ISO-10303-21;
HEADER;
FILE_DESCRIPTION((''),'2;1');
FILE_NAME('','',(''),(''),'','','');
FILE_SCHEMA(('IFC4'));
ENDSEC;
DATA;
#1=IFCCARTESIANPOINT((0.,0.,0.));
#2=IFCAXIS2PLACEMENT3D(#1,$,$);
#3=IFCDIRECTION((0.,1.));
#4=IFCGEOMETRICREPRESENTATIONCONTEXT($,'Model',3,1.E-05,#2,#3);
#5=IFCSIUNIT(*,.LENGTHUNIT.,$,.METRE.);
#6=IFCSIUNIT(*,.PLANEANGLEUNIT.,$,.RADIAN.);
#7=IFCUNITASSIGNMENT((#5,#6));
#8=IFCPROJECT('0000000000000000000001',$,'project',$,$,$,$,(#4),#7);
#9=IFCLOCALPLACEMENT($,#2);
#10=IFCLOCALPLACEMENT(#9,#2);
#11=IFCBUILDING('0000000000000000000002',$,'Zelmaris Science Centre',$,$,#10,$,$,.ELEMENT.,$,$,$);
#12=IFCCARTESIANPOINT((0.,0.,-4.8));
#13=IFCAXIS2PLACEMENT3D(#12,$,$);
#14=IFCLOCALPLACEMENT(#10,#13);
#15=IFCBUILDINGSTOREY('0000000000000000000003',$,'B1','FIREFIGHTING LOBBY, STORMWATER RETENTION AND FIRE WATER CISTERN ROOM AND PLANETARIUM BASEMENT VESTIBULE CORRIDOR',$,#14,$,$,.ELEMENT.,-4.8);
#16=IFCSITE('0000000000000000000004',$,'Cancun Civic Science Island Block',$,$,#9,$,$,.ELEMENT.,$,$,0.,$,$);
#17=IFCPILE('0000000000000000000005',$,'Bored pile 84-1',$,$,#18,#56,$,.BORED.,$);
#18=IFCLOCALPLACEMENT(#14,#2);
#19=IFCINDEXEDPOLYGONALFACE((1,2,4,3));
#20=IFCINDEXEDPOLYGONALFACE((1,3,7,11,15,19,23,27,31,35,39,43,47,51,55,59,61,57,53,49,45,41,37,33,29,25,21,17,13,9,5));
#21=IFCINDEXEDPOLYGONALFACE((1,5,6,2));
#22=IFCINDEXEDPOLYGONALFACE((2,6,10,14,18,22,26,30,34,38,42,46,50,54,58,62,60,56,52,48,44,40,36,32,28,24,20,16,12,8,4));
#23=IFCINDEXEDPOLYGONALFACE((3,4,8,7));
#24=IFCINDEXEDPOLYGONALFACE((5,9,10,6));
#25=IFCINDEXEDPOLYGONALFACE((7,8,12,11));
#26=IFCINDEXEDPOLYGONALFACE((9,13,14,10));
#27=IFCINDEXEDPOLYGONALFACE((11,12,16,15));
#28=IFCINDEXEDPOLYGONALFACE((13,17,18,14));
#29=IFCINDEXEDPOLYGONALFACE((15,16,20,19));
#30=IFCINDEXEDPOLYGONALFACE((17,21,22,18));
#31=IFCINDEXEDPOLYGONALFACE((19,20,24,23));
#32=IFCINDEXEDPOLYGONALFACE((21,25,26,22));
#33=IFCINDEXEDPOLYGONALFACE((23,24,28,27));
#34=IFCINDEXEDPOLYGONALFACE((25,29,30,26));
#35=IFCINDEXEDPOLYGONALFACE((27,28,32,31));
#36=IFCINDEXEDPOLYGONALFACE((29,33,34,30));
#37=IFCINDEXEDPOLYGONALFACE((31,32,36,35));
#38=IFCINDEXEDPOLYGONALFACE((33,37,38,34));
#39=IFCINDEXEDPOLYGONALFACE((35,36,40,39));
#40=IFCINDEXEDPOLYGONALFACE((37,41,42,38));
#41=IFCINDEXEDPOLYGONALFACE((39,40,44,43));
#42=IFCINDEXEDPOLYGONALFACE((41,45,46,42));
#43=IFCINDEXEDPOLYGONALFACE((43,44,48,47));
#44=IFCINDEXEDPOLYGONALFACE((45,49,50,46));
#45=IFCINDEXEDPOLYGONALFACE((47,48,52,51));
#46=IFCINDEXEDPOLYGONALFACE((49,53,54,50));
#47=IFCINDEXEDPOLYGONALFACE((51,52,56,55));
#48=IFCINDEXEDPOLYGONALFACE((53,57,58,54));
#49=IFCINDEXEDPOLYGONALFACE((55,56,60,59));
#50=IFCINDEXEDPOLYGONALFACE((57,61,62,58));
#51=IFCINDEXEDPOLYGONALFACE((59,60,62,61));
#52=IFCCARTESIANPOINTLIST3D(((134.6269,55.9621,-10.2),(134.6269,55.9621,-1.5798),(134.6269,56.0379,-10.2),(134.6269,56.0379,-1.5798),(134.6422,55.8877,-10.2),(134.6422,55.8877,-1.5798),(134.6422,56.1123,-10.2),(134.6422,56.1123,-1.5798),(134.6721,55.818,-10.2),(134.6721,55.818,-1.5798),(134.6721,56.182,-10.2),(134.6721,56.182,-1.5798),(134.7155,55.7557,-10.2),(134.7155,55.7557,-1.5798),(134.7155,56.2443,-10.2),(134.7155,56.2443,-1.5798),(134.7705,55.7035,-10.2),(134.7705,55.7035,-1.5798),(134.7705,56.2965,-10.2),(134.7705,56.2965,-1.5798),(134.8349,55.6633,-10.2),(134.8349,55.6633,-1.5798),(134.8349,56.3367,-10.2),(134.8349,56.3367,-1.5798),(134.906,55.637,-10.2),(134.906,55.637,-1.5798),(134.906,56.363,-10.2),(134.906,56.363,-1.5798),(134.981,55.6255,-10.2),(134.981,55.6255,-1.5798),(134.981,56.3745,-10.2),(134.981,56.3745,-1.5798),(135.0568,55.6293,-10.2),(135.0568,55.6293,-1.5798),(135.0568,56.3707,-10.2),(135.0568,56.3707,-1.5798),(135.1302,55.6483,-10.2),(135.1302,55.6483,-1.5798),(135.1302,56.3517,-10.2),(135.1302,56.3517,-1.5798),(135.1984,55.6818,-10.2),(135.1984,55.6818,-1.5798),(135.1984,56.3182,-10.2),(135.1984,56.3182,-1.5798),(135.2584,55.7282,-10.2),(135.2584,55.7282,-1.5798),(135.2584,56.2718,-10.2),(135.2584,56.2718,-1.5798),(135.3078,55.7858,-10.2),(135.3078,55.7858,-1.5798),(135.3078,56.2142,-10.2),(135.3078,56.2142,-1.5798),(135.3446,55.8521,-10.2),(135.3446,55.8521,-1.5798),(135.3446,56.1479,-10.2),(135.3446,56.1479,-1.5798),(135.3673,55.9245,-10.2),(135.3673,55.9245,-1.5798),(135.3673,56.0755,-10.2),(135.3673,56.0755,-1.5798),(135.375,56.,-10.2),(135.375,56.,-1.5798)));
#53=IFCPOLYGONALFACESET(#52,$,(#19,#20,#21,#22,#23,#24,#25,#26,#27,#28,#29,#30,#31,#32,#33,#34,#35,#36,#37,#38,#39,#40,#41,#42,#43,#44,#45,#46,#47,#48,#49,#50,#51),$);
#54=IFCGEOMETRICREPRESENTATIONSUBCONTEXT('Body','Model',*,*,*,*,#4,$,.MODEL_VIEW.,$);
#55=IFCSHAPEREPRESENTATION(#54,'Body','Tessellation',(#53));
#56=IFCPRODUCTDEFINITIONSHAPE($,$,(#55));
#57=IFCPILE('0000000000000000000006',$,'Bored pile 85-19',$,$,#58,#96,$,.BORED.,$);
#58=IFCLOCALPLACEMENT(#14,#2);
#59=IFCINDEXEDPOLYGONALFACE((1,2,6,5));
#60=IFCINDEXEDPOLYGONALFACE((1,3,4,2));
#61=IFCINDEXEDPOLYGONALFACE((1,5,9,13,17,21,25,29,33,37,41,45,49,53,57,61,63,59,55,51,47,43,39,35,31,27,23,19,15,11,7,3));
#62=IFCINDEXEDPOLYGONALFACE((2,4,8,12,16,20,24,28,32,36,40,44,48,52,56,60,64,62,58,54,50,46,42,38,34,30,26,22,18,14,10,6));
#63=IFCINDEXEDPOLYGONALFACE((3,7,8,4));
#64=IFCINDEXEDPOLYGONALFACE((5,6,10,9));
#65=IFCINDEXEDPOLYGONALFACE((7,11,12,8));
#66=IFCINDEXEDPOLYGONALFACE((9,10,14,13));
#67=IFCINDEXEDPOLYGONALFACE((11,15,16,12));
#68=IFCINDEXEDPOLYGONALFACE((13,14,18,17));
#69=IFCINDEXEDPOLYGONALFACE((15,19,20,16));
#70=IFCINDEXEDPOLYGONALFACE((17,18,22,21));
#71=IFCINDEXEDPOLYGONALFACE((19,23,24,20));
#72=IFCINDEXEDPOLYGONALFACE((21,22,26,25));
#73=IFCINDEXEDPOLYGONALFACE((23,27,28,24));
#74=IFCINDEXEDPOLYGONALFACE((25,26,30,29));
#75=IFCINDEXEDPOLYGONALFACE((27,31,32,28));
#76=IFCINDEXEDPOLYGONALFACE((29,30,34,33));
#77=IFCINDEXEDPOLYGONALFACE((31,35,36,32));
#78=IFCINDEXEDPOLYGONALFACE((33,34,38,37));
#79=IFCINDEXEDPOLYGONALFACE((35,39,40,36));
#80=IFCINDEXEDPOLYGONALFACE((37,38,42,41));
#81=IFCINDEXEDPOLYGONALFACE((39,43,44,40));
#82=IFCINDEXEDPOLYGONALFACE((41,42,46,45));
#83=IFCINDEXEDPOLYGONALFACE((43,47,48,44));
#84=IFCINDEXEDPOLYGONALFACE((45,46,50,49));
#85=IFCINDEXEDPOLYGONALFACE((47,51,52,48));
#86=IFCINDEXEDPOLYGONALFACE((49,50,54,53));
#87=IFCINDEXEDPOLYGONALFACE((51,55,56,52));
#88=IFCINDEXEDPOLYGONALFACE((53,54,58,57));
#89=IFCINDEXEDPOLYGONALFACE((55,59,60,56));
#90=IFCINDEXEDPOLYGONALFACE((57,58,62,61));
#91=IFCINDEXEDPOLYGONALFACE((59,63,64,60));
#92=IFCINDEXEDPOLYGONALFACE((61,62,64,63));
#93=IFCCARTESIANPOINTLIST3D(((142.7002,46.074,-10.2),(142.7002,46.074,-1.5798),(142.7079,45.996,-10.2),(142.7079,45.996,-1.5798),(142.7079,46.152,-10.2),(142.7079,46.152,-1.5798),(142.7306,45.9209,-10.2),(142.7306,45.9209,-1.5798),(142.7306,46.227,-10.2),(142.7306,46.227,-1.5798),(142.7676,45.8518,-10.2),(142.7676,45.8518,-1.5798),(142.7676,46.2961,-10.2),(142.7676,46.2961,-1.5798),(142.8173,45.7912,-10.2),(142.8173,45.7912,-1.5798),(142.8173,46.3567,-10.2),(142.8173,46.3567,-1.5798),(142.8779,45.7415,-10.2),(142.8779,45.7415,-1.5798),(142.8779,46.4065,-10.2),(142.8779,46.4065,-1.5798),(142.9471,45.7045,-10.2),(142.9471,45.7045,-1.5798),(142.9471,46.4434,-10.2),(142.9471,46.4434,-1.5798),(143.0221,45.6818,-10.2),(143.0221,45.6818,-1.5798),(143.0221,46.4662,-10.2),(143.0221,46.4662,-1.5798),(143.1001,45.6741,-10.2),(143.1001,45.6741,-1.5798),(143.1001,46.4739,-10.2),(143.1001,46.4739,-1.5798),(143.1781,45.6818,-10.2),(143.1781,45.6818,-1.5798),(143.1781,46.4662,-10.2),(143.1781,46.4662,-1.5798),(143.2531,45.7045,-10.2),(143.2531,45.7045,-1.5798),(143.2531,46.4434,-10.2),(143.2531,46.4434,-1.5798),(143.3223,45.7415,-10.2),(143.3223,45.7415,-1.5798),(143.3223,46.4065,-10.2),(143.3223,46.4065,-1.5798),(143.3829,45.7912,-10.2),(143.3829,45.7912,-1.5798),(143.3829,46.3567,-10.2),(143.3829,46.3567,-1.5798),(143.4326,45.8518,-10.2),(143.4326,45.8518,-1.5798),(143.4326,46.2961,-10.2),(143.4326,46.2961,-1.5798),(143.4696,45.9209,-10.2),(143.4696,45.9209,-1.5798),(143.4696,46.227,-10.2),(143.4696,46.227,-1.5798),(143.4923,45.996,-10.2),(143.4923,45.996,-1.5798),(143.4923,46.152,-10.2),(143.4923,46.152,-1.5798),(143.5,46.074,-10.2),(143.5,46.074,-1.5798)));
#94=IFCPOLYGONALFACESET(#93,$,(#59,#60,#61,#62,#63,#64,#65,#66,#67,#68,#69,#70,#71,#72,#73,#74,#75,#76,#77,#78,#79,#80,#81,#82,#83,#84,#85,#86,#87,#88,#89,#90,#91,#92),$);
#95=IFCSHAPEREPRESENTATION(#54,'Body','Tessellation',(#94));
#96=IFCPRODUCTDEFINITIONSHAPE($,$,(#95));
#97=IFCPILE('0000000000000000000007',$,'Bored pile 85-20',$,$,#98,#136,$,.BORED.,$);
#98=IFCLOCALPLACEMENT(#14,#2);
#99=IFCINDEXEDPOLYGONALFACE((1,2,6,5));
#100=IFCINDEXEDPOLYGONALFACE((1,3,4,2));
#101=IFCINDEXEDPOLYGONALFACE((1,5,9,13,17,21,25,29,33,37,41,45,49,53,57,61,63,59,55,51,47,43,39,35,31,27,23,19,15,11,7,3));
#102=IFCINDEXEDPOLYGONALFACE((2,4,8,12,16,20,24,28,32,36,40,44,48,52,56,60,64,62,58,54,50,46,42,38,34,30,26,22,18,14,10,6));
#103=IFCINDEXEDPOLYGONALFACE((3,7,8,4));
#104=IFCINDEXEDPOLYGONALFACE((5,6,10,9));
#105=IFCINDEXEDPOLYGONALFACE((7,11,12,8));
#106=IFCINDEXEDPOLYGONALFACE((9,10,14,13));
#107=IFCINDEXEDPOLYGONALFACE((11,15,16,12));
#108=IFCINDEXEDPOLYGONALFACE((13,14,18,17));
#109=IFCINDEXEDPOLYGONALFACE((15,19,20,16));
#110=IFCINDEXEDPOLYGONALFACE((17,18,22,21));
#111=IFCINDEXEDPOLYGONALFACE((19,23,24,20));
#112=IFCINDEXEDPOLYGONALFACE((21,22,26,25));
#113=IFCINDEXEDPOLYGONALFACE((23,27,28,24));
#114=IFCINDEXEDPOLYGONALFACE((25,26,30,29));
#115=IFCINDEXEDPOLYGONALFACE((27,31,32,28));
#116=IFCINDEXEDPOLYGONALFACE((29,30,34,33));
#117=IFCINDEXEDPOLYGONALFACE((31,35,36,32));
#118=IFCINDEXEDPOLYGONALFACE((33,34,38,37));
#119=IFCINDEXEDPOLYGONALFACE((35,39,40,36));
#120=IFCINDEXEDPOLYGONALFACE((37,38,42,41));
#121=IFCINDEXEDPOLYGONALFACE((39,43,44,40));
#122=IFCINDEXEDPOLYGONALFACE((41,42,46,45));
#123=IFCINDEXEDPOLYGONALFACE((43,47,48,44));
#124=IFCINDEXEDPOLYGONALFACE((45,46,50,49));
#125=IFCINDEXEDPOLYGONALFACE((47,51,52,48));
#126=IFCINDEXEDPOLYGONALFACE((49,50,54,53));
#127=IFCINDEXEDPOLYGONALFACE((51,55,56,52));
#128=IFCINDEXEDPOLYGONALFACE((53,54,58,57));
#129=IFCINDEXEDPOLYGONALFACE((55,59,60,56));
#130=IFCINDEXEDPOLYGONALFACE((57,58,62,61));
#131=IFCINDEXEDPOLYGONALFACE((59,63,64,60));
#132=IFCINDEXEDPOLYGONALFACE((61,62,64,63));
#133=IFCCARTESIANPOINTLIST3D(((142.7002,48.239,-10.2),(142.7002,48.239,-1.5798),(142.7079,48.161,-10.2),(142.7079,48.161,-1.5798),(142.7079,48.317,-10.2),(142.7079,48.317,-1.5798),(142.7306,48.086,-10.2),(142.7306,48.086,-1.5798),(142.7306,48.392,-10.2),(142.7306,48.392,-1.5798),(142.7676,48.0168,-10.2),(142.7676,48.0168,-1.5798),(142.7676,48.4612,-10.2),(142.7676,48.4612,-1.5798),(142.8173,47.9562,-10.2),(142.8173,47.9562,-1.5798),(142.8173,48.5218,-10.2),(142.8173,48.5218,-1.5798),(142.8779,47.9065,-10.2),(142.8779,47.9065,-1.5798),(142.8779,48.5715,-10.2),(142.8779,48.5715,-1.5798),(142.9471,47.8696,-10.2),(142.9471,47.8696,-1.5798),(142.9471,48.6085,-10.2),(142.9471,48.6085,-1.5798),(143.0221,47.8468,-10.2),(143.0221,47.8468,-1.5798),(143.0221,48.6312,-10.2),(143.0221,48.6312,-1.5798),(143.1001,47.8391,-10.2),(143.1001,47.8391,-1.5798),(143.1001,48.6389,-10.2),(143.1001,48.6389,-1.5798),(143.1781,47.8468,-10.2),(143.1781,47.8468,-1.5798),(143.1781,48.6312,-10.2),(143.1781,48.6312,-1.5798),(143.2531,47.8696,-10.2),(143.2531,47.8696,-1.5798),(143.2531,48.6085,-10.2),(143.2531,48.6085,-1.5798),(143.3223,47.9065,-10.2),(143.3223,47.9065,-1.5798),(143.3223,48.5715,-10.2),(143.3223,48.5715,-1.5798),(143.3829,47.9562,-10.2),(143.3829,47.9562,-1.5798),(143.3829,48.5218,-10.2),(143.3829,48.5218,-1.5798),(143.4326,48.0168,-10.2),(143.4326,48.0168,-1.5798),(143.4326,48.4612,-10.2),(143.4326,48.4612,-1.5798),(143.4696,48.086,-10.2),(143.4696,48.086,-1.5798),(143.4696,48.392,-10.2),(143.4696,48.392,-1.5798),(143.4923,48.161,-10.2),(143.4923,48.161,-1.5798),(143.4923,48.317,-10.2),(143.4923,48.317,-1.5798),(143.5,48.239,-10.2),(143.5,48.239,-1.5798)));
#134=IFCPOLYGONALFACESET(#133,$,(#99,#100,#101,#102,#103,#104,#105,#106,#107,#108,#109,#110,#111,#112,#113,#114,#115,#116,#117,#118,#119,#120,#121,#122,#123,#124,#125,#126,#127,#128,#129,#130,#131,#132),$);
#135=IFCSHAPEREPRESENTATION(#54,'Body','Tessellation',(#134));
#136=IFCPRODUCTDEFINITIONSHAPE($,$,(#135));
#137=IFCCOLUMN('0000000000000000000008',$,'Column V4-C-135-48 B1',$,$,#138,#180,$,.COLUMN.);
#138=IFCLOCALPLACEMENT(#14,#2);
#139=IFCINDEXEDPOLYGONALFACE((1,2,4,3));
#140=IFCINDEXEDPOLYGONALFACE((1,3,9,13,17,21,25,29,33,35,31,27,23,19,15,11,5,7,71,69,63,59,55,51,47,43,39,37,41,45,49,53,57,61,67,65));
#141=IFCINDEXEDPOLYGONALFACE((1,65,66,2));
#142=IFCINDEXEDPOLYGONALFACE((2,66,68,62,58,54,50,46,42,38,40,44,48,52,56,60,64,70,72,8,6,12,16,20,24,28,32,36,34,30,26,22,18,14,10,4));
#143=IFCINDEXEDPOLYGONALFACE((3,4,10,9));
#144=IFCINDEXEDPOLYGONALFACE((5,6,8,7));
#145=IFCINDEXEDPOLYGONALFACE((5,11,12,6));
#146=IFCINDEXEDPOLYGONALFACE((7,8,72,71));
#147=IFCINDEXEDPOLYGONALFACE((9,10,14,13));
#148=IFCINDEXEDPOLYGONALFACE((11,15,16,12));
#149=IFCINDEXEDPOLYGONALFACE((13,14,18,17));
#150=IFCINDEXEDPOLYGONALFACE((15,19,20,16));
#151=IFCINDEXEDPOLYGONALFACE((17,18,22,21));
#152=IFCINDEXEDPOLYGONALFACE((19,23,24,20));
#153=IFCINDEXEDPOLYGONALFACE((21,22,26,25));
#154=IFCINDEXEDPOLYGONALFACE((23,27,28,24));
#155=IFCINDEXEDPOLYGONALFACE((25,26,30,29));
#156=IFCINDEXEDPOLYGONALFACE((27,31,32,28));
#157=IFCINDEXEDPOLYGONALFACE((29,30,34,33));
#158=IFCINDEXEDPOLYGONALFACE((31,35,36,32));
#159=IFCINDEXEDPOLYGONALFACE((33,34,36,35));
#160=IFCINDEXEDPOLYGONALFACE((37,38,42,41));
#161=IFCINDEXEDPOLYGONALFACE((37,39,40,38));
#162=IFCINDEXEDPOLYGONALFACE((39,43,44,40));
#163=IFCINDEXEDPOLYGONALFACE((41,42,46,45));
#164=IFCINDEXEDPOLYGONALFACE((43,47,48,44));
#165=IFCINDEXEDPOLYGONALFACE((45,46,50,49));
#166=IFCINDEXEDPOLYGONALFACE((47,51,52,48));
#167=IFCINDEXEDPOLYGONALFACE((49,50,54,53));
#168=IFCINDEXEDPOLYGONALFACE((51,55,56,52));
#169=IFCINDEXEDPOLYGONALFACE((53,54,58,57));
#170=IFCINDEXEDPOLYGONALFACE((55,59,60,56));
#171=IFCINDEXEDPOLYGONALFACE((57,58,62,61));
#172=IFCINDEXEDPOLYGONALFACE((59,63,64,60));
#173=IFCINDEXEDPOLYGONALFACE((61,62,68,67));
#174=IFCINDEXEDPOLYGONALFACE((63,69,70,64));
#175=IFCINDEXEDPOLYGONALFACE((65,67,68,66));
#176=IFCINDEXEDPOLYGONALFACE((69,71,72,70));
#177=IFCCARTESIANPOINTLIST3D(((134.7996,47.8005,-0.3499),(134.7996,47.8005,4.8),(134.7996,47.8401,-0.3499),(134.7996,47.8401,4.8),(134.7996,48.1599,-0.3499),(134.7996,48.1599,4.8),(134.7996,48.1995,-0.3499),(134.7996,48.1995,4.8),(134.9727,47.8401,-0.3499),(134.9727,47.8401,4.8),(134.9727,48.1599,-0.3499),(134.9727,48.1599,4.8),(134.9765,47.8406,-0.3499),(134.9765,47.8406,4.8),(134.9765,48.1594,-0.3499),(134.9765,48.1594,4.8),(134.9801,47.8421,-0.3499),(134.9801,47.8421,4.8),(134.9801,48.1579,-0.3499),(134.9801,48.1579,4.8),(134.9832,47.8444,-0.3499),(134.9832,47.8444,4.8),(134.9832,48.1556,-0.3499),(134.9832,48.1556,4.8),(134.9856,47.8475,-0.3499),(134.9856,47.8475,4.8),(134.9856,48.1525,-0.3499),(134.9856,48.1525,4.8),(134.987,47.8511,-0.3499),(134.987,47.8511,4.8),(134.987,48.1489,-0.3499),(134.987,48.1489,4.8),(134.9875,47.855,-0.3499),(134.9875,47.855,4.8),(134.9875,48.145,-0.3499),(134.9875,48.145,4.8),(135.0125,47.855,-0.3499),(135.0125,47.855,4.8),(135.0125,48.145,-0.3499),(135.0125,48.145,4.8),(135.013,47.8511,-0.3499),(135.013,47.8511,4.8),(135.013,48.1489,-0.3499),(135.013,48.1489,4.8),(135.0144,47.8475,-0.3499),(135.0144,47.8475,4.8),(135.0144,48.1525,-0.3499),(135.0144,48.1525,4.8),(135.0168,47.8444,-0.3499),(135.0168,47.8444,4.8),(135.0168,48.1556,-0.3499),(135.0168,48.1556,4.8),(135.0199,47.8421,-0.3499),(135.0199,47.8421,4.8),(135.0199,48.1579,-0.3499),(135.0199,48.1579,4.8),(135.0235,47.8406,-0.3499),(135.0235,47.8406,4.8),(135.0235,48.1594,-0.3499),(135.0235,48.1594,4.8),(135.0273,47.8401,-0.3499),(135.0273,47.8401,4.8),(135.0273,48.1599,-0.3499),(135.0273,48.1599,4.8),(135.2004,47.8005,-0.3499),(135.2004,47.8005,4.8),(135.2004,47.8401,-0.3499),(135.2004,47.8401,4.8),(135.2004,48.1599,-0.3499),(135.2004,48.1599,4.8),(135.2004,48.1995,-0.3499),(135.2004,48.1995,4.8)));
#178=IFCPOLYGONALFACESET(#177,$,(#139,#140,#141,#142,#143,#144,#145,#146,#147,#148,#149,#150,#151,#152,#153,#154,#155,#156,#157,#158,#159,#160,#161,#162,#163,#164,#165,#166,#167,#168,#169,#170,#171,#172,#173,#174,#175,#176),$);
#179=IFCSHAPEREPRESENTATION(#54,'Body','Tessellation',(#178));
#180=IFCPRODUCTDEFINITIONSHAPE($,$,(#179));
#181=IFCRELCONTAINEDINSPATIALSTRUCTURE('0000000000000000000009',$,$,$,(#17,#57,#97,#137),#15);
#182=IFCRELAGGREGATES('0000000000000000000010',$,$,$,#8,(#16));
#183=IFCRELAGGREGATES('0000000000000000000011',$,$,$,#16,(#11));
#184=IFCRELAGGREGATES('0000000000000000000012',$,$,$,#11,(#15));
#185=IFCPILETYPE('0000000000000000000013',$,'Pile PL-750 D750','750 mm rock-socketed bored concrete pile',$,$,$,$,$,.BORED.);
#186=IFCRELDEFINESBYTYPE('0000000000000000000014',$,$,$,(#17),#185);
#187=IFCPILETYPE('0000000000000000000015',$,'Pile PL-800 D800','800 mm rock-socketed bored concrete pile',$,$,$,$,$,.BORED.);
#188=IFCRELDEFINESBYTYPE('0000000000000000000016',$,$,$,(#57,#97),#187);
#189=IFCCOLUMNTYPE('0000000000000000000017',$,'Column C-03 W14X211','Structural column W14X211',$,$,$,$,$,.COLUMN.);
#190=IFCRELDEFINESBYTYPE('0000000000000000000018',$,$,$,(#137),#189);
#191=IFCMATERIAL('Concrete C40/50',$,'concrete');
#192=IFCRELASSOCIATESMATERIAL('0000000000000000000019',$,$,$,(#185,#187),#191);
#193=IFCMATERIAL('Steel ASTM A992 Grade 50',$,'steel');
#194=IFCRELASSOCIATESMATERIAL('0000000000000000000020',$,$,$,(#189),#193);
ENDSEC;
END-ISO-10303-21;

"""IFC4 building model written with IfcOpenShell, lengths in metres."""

from ifc_helpers import new_model, si_unit, direction, frame, origin, origin_2d, place, context, subcontext, project, spatial, circle, i_section, extrude, material, material_profile, profile_set, type_object, element, save


model = new_model("IFC4")

# Units and contexts
model_context = context("Model", 3, precision=1e-05, world=origin(), true_north=direction((0.0, 1.0)))
body_context = subcontext(model_context, "Body", "Model", "MODEL_VIEW")
ifc_project = project(units=[si_unit("LENGTHUNIT", "METRE"), si_unit("PLANEANGLEUNIT", "RADIAN")], contexts=[model_context])

# Site, building, storey
site_placement = place(None, origin())
site = spatial("IfcSite", under=ifc_project, at=site_placement, Name="Cancun Civic Science Island Block", CompositionType="ELEMENT", RefElevation=0.0)
building_placement = place(site_placement, origin())
building = spatial("IfcBuilding", under=site, at=building_placement, Name="Zelmaris Science Centre", CompositionType="ELEMENT")
storey_placement = place(building_placement, frame((0.0, 0.0, -4.8)))
storey = spatial("IfcBuildingStorey", under=building, at=storey_placement, Name="B1", Description="FIREFIGHTING LOBBY, STORMWATER RETENTION AND FIRE WATER CISTERN ROOM AND PLANETARIUM BASEMENT VESTIBULE CORRIDOR", CompositionType="ELEMENT", Elevation=-4.8)

# Shared definitions
ifc_material_1 = material(Name="Concrete C40/50", Category="concrete")

# Piles
ifc_material_profile_1 = material_profile(ifc_material_1, circle(Radius=0.375, at=origin_2d()), Name="PILE-750")
ifc_profile_set_1 = profile_set([ifc_material_profile_1], Name="Concrete C40/50")
pile_type_1 = type_object("IfcPileType", Name="Pile PL-750 D750", Description="750 mm rock-socketed bored concrete pile", PredefinedType="BORED", material=ifc_profile_set_1)
pile_placement = place(storey_placement, frame((135.0, 56.0, -1.5798), z_axis=(0.0, 0.0, -1.0), x_axis=(1.0, 0.0, 0.0)))
element("IfcPile", 1, at=pile_placement, inside=storey, type_object=pile_type_1, Name="Bored pile 84-1", PredefinedType="BORED", context=body_context, shape_type="SweptSolid", body=[
    extrude(circle(Radius=0.375, at=origin_2d()), origin(), (0.0, 0.0, 1.0), 8.6201),
])
ifc_material_profile_2 = material_profile(ifc_material_1, circle(Radius=0.3999, at=origin_2d()), Name="PILE-800")
ifc_profile_set_2 = profile_set([ifc_material_profile_2], Name="Concrete C40/50")
pile_type_2 = type_object("IfcPileType", Name="Pile PL-800 D800", Description="800 mm rock-socketed bored concrete pile", PredefinedType="BORED", material=ifc_profile_set_2)
for number, where, z_axis, x_axis, name in (
    (2, (143.1001, 46.074, -1.5798), (0.0, 0.0, -1.0), (1.0, 0.0, 0.0), "Bored pile 85-19"),
    (3, (143.1001, 48.239, -1.5798), (0.0, 0.0, -1.0), (1.0, 0.0, 0.0), "Bored pile 85-20"),
):
    element("IfcPile", number, at=place(storey_placement, frame(where, z_axis=z_axis, x_axis=x_axis)), inside=storey, type_object=pile_type_2, Name=name, PredefinedType="BORED", context=body_context, shape_type="SweptSolid", body=[
        extrude(circle(Radius=0.3999, at=origin_2d()), origin(), (0.0, 0.0, 1.0), 8.6201),
    ])

# Column
ifc_material_2 = material(Name="Steel ASTM A992 Grade 50", Category="steel")
ifc_material_profile_3 = material_profile(ifc_material_2, i_section(OverallWidth=0.4009, OverallDepth=0.3989, WebThickness=0.0249, FlangeThickness=0.0396, FilletRadius=0.0149, at=origin_2d()), Name="W14X211")
ifc_profile_set_3 = profile_set([ifc_material_profile_3], Name="Steel ASTM A992 Grade 50")
column_type_1 = type_object("IfcColumnType", Name="Column C-03 W14X211", Description="Structural column W14X211", PredefinedType="COLUMN", material=ifc_profile_set_3)
column_1_placement = place(storey_placement, frame((135.0, 48.0, -0.3499), z_axis=(0.0, 0.0, 1.0), x_axis=(1.0, 0.0, 0.0)))
element("IfcColumn", 4, at=column_1_placement, inside=storey, type_object=column_type_1, Name="Column V4-C-135-48 B1", PredefinedType="COLUMN", context=body_context, shape_type="SweptSolid", body=[
    extrude(i_section(OverallWidth=0.4009, OverallDepth=0.3989, WebThickness=0.0249, FlangeThickness=0.0396, FilletRadius=0.0149, at=origin_2d()), origin(), (0.0, 0.0, 1.0), 5.1499),
])

save(model, "model.ifc")
